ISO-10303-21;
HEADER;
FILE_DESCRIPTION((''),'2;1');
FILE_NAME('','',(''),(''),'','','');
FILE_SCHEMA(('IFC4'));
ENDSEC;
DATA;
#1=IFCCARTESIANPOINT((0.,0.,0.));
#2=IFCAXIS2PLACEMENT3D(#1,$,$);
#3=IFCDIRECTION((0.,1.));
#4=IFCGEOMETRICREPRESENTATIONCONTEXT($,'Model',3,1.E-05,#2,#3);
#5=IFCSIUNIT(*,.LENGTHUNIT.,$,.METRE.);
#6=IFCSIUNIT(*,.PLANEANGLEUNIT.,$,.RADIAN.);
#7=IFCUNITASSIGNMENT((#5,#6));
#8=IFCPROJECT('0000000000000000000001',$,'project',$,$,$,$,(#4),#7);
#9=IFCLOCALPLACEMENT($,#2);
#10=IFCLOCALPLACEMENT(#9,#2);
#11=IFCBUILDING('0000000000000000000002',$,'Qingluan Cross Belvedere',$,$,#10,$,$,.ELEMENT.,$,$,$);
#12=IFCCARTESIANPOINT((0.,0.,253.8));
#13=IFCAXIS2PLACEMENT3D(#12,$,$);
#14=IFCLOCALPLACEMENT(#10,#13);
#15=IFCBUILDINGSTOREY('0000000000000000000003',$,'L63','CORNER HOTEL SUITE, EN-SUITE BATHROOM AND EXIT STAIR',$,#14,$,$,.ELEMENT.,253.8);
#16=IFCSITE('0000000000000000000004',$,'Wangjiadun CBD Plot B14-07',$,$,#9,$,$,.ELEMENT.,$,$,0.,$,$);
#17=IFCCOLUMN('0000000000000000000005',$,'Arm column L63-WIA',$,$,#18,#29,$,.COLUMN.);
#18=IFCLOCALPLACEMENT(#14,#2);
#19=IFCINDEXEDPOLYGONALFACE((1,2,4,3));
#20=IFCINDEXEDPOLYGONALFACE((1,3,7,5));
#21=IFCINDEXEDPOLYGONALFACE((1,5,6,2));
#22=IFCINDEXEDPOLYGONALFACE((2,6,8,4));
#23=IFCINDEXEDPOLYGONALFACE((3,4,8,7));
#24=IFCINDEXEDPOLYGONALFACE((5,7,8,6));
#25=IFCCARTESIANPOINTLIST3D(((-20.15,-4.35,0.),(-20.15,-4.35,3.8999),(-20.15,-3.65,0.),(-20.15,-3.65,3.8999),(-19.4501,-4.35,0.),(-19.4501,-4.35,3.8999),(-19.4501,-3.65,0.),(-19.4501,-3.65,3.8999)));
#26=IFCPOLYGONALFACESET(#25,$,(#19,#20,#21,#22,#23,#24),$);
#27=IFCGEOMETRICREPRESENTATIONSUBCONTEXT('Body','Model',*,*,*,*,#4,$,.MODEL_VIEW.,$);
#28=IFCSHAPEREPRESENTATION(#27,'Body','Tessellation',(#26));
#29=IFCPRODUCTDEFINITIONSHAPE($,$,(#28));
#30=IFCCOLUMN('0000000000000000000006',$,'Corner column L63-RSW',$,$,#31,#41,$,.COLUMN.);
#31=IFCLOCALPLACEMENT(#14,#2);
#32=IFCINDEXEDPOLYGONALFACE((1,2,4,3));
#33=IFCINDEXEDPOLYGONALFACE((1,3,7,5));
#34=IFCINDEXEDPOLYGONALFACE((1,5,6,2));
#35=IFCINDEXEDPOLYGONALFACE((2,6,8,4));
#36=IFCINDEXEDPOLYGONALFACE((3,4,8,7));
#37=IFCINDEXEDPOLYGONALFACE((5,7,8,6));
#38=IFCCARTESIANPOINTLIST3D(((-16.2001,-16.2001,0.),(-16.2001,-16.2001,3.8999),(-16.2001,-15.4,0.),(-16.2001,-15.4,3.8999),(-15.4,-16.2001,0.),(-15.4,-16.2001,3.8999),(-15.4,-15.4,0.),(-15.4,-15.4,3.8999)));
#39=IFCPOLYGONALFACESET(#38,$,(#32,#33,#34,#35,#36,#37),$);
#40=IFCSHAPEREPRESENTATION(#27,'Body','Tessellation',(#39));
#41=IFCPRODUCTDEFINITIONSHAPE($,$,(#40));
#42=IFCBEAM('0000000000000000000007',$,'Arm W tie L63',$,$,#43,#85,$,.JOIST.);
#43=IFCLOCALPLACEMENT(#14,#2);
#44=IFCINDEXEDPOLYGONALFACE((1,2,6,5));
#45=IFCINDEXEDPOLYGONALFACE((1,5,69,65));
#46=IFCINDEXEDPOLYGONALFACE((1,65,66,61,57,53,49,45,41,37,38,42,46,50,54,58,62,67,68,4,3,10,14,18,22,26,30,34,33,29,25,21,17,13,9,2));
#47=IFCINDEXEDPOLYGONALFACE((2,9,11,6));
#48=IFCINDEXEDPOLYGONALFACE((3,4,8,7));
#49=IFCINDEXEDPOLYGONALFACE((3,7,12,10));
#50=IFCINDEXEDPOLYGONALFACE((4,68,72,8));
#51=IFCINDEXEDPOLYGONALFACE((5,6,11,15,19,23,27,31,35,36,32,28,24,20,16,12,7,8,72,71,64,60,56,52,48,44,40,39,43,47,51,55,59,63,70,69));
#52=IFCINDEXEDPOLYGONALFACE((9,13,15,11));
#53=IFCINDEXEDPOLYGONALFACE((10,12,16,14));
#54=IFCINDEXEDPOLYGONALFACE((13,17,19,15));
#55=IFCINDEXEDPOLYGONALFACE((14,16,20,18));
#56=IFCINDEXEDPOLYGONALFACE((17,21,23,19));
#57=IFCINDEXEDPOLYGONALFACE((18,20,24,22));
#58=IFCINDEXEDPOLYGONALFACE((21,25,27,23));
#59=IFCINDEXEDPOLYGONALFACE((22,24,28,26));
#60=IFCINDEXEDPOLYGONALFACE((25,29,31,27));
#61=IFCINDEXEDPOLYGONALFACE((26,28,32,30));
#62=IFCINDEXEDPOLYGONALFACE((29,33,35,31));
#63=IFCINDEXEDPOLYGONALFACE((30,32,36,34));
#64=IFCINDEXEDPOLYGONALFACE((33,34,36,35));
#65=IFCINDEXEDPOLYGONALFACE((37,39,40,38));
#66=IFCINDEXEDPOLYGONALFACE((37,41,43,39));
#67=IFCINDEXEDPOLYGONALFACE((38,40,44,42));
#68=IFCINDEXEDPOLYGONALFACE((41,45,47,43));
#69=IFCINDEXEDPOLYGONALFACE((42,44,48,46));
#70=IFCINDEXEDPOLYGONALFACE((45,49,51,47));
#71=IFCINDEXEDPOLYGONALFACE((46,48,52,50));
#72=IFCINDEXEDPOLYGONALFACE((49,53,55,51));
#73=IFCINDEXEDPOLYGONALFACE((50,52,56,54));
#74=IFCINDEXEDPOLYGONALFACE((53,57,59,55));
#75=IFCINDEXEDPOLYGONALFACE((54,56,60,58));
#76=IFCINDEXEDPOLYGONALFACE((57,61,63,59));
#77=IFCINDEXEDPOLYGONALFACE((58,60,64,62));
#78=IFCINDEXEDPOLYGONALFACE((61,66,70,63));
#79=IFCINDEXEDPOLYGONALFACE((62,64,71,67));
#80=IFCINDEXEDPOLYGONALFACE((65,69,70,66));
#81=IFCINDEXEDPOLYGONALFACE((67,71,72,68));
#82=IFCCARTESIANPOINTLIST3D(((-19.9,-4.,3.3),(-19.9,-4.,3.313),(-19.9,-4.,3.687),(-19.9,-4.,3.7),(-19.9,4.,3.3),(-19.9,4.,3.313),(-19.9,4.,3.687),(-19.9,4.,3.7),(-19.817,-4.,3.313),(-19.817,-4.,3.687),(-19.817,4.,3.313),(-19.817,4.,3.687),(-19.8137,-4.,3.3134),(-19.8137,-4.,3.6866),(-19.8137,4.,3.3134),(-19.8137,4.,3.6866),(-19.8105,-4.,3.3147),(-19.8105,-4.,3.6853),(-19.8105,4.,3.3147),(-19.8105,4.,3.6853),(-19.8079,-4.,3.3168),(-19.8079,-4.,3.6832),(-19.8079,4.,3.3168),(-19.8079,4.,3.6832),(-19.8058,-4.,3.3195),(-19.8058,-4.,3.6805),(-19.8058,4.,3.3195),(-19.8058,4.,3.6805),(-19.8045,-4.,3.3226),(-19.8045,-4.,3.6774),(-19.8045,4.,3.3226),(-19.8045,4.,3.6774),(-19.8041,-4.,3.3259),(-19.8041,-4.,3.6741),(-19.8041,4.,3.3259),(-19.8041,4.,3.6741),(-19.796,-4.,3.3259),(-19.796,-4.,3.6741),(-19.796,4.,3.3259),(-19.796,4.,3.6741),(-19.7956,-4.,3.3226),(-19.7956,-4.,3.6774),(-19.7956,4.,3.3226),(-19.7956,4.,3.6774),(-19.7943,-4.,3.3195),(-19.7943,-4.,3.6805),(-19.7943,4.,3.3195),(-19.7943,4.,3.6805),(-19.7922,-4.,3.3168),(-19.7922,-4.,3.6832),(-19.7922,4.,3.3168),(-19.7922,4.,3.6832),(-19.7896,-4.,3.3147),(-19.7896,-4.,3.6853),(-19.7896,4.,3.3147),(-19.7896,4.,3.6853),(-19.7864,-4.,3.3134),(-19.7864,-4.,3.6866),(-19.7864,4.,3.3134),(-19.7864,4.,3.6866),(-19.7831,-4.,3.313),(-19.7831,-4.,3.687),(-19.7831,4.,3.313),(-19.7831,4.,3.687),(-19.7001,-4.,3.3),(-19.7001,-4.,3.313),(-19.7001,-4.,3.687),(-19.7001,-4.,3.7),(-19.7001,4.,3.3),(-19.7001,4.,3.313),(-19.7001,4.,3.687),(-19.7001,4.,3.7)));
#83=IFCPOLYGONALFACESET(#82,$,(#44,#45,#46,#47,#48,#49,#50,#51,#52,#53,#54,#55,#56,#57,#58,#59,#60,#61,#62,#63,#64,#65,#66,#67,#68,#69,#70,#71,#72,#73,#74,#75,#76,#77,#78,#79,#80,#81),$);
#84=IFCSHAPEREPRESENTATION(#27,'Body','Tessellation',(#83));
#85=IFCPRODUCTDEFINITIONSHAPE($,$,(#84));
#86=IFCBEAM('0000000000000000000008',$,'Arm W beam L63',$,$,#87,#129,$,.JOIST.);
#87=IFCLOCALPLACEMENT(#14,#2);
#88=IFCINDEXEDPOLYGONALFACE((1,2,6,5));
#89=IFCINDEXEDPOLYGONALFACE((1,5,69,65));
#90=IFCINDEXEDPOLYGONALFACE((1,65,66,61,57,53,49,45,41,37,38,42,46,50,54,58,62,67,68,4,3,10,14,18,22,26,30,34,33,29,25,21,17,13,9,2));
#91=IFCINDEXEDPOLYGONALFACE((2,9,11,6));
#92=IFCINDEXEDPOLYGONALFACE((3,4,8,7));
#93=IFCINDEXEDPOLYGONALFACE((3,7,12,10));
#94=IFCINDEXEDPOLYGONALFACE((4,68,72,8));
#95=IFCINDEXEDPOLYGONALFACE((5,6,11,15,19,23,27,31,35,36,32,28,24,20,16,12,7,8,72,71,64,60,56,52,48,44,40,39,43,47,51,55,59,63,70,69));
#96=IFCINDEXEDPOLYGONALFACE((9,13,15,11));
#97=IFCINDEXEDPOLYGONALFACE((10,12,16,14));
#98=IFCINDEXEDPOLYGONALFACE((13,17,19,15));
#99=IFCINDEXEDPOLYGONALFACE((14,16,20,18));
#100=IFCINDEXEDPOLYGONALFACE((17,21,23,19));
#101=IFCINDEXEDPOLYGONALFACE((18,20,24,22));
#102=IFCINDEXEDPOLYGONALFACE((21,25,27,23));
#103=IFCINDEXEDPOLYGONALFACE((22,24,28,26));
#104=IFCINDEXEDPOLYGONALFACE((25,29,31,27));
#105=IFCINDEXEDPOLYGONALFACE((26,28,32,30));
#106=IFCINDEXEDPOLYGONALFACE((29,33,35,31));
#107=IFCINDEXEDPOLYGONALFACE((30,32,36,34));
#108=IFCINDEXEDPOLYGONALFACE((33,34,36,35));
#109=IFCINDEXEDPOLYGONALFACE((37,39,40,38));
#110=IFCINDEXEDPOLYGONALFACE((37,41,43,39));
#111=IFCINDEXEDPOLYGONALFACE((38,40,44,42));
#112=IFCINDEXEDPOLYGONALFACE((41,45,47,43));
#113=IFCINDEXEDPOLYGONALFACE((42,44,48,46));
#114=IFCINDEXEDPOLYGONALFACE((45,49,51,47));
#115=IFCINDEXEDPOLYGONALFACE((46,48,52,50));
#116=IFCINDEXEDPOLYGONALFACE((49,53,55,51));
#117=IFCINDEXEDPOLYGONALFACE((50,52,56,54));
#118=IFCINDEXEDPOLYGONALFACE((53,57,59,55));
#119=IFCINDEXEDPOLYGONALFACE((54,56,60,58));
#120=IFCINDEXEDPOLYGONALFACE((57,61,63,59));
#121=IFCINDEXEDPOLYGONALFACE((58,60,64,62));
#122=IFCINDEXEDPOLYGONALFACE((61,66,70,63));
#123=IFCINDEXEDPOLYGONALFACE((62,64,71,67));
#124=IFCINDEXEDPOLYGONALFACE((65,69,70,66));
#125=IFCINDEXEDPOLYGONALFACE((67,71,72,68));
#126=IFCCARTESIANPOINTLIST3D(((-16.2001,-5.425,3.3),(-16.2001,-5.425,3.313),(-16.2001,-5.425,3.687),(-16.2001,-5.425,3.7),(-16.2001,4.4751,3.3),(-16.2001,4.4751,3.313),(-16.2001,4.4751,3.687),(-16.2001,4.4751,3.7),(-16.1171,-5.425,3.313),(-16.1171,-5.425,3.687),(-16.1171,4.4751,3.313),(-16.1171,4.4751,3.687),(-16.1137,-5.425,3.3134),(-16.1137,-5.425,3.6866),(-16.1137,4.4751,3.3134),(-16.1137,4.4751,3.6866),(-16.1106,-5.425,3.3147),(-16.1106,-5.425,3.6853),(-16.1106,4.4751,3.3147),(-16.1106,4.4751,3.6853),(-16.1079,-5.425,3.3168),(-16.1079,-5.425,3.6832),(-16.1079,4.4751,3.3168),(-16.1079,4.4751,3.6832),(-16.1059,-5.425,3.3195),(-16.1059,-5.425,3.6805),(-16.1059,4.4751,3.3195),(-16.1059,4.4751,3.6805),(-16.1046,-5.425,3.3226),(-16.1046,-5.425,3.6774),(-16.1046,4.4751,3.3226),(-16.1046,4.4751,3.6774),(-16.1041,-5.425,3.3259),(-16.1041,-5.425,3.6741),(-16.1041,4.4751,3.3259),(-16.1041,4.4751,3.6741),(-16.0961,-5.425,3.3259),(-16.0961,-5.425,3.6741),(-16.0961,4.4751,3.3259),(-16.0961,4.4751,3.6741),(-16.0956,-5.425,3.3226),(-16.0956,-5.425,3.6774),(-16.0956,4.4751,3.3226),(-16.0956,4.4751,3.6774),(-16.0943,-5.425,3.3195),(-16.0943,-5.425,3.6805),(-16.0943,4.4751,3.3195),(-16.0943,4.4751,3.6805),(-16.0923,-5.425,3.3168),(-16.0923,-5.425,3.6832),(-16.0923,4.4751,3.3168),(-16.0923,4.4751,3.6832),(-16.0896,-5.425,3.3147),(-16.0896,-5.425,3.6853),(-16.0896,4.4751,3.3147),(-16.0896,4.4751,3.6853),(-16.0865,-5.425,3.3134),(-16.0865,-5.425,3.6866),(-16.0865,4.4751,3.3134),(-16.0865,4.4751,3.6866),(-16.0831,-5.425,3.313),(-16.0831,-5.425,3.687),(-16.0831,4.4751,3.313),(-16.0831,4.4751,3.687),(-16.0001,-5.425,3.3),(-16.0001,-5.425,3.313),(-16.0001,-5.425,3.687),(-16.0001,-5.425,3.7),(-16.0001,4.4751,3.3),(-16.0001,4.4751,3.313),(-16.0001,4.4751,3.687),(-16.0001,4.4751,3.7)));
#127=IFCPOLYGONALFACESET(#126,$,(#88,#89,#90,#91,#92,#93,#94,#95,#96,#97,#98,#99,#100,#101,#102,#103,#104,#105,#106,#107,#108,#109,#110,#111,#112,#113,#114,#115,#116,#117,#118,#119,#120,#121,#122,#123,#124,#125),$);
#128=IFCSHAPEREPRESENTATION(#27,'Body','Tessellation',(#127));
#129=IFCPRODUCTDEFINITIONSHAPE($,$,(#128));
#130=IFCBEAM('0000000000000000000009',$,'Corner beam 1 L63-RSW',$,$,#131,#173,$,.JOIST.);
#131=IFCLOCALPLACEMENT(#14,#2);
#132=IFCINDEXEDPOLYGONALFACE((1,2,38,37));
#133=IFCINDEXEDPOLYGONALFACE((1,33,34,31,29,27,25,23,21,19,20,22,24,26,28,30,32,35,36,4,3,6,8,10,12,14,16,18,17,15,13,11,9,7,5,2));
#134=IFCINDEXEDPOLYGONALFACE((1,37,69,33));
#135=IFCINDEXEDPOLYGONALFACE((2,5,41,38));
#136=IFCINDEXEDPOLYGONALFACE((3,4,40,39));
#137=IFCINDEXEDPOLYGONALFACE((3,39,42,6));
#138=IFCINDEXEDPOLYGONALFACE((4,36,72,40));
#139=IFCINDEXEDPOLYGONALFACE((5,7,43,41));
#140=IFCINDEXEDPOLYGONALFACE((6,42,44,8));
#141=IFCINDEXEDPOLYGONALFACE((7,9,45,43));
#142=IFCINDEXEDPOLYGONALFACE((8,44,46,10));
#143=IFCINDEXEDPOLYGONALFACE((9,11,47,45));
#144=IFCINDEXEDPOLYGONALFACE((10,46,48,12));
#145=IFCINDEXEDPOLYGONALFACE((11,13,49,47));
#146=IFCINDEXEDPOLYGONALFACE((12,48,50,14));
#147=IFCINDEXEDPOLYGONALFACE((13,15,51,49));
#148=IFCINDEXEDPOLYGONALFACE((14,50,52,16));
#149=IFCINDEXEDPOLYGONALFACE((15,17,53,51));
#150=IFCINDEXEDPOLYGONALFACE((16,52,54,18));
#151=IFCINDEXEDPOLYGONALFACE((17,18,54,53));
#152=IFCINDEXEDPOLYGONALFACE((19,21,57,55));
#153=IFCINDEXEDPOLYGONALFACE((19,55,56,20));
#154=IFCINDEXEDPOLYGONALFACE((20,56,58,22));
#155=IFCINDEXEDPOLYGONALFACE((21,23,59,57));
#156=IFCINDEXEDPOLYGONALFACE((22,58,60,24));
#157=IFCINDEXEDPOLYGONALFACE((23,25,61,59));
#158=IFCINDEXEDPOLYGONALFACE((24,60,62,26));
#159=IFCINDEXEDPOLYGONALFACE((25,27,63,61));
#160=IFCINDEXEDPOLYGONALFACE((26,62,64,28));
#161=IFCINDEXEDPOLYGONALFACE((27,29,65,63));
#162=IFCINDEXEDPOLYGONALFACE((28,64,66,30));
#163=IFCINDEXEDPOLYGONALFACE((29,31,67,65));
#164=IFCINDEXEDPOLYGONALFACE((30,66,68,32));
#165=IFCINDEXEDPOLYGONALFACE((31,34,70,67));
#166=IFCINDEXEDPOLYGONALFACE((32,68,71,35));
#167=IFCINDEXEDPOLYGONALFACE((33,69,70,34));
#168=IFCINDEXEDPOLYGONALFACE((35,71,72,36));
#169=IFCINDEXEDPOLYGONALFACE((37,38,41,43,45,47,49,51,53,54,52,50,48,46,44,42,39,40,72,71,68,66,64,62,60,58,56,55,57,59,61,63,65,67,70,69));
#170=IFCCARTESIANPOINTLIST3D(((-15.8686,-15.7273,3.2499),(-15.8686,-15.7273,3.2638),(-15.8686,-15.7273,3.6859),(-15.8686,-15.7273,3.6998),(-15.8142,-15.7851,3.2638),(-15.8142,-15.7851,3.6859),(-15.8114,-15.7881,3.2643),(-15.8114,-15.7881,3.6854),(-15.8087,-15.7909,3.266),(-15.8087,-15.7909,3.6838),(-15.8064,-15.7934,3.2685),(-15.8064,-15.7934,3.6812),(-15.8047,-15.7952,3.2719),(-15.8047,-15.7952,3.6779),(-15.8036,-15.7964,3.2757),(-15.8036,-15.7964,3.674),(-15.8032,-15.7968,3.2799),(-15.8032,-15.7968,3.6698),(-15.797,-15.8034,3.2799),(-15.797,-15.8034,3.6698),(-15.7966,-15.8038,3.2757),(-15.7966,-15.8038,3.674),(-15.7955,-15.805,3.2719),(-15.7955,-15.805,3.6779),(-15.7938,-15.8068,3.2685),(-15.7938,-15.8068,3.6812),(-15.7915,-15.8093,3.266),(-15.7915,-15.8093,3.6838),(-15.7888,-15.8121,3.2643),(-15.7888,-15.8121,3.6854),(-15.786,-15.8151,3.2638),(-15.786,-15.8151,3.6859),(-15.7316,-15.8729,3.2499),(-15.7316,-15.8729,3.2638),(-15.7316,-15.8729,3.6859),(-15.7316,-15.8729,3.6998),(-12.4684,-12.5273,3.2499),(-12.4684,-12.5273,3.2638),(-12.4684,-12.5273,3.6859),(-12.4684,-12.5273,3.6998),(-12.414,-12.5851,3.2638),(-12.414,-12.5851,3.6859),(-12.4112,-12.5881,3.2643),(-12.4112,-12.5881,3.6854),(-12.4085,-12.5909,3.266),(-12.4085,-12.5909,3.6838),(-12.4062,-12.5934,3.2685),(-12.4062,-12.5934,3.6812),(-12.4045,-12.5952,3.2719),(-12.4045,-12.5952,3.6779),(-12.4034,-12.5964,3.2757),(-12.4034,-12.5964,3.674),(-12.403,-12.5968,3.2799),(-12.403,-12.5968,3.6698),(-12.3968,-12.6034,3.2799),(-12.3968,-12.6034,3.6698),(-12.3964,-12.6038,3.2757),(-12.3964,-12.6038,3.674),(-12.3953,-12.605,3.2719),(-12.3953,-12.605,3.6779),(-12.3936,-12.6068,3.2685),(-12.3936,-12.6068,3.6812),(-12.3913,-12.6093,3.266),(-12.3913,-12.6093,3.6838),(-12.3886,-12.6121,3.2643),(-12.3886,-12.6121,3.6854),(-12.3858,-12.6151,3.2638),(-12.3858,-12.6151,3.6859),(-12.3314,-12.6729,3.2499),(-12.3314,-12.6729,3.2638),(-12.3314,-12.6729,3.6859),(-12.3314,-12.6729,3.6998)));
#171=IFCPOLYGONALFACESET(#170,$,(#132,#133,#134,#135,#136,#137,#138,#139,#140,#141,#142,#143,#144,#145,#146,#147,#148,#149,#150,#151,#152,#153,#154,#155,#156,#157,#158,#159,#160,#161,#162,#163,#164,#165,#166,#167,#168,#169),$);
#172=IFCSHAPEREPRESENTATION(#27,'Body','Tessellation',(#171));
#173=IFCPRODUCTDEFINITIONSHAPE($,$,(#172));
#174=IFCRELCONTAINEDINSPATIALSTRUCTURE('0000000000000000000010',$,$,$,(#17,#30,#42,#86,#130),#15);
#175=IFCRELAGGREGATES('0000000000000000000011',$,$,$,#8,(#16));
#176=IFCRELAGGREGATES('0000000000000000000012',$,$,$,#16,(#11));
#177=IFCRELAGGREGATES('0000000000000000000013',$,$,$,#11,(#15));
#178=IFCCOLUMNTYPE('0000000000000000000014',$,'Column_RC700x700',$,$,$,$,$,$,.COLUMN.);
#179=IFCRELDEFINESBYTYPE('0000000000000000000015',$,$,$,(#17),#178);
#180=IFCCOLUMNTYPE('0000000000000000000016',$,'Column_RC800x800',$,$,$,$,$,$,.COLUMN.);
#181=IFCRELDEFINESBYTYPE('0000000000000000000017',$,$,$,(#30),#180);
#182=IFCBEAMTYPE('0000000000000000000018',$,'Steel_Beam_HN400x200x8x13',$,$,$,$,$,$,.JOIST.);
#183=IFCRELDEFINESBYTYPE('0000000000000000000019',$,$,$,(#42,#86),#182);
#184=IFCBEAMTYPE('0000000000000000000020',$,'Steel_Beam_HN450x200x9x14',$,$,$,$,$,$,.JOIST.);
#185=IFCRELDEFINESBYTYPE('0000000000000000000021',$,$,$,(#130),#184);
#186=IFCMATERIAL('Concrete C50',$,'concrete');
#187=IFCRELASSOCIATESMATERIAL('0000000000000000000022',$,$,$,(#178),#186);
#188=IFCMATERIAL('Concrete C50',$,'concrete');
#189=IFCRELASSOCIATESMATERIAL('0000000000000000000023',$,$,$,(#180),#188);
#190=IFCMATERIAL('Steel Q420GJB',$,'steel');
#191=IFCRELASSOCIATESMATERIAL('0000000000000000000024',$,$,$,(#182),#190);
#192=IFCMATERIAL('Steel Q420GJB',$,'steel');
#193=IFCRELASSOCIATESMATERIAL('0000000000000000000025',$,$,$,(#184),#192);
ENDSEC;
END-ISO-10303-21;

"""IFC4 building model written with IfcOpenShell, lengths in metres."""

from ifc_helpers import new_model, si_unit, direction, frame, origin, origin_2d, place, context, subcontext, project, spatial, rectangle, i_section, extrude, material, material_profile, profile_set, type_object, element, save


model = new_model("IFC4")

# Units and contexts
model_context = context("Model", 3, precision=1e-05, world=origin(), true_north=direction((0.0, 1.0)))
body_context = subcontext(model_context, "Body", "Model", "MODEL_VIEW")
ifc_project = project(units=[si_unit("LENGTHUNIT", "METRE"), si_unit("PLANEANGLEUNIT", "RADIAN")], contexts=[model_context])

# Site, building, storey
site_placement = place(None, origin())
site = spatial("IfcSite", under=ifc_project, at=site_placement, Name="Wangjiadun CBD Plot B14-07", CompositionType="ELEMENT", RefElevation=0.0)
building_placement = place(site_placement, origin())
building = spatial("IfcBuilding", under=site, at=building_placement, Name="Qingluan Cross Belvedere", CompositionType="ELEMENT")
storey_placement = place(building_placement, frame((0.0, 0.0, 253.8)))
storey = spatial("IfcBuildingStorey", under=building, at=storey_placement, Name="L63", Description="CORNER HOTEL SUITE, EN-SUITE BATHROOM AND EXIT STAIR", CompositionType="ELEMENT", Elevation=253.8)

# Columns
ifc_material_1 = material(Name="Concrete C50", Category="concrete")
ifc_material_profile_1 = material_profile(ifc_material_1, rectangle(XDim=0.7, YDim=0.7, at=origin_2d()), Name="RC700x700")
ifc_profile_set_1 = profile_set([ifc_material_profile_1], Name="Concrete C50")
column_type_1 = type_object("IfcColumnType", Name="Column_RC700x700", PredefinedType="COLUMN", material=ifc_profile_set_1)
column_1_placement = place(storey_placement, frame((-19.8, -4.0, 0.0), z_axis=(0.0, 0.0, 1.0), x_axis=(1.0, 0.0, 0.0)))
element("IfcColumn", 1, at=column_1_placement, inside=storey, type_object=column_type_1, Name="Arm column L63-WIA", PredefinedType="COLUMN", context=body_context, shape_type="SweptSolid", body=[
    extrude(rectangle(XDim=0.7, YDim=0.7, at=origin_2d()), origin(), (0.0, 0.0, 1.0), 3.8999),
])
ifc_material_2 = material(Name="Concrete C50", Category="concrete")
ifc_material_profile_2 = material_profile(ifc_material_2, rectangle(XDim=0.8, YDim=0.8, at=origin_2d()), Name="RC800x800")
ifc_profile_set_2 = profile_set([ifc_material_profile_2], Name="Concrete C50")
column_type_2 = type_object("IfcColumnType", Name="Column_RC800x800", PredefinedType="COLUMN", material=ifc_profile_set_2)
column_2_placement = place(storey_placement, frame((-15.8, -15.8, 0.0), z_axis=(0.0, 0.0, 1.0), x_axis=(1.0, 0.0, 0.0)))
element("IfcColumn", 2, at=column_2_placement, inside=storey, type_object=column_type_2, Name="Corner column L63-RSW", PredefinedType="COLUMN", context=body_context, shape_type="SweptSolid", body=[
    extrude(rectangle(XDim=0.8, YDim=0.8, at=origin_2d()), origin(), (0.0, 0.0, 1.0), 3.8999),
])

# Beams
ifc_material_3 = material(Name="Steel Q420GJB", Category="steel")
ifc_material_profile_3 = material_profile(ifc_material_3, i_section(OverallWidth=0.2, OverallDepth=0.3999, WebThickness=0.0081, FlangeThickness=0.0129, FilletRadius=0.0129, at=origin_2d()), Name="HN400x200x8x13")
ifc_profile_set_3 = profile_set([ifc_material_profile_3], Name="Steel Q420GJB")
beam_type_1 = type_object("IfcBeamType", Name="Steel_Beam_HN400x200x8x13", PredefinedType="JOIST", material=ifc_profile_set_3)
beam_1_placement = place(storey_placement, frame((-19.8, -4.0, 3.5), z_axis=(0.0, 1.0, 0.0), x_axis=(-1.0, 0.0, 0.0)))
element("IfcBeam", 3, at=beam_1_placement, inside=storey, type_object=beam_type_1, Name="Arm W tie L63", PredefinedType="JOIST", context=body_context, shape_type="SweptSolid", body=[
    extrude(i_section(OverallWidth=0.2, OverallDepth=0.3999, WebThickness=0.0081, FlangeThickness=0.0129, FilletRadius=0.0129, at=origin_2d()), origin(), (0.0, 0.0, 1.0), 8.0),
])
beam_2_placement = place(storey_placement, frame((-16.1001, -5.425, 3.5), z_axis=(0.0, 1.0, 0.0), x_axis=(-1.0, 0.0, 0.0)))
element("IfcBeam", 4, at=beam_2_placement, inside=storey, type_object=beam_type_1, Name="Arm W beam L63", PredefinedType="JOIST", context=body_context, shape_type="SweptSolid", body=[
    extrude(i_section(OverallWidth=0.2, OverallDepth=0.3999, WebThickness=0.0081, FlangeThickness=0.0129, FilletRadius=0.0129, at=origin_2d()), origin(), (0.0, 0.0, 1.0), 9.9001),
])
ifc_material_4 = material(Name="Steel Q420GJB", Category="steel")
ifc_material_profile_4 = material_profile(ifc_material_4, i_section(OverallWidth=0.2, OverallDepth=0.45, WebThickness=0.009, FlangeThickness=0.0139, FilletRadius=0.0161, at=origin_2d()), Name="HN450x200x9x14")
ifc_profile_set_4 = profile_set([ifc_material_profile_4], Name="Steel Q420GJB")
beam_type_2 = type_object("IfcBeamType", Name="Steel_Beam_HN450x200x9x14", PredefinedType="JOIST", material=ifc_profile_set_4)
beam_3_placement = place(storey_placement, frame((-12.3999, -12.6001, 3.4749), z_axis=(-0.72822, -0.685343, 0.0), x_axis=(0.685343, -0.72822, 0.0)))
element("IfcBeam", 5, at=beam_3_placement, inside=storey, type_object=beam_type_2, Name="Corner beam 1 L63-RSW", PredefinedType="JOIST", context=body_context, shape_type="SweptSolid", body=[
    extrude(i_section(OverallWidth=0.2, OverallDepth=0.45, WebThickness=0.009, FlangeThickness=0.0139, FilletRadius=0.0161, at=origin_2d()), origin(), (0.0, 0.0, 1.0), 4.6692),
])

save(model, "model.ifc")
